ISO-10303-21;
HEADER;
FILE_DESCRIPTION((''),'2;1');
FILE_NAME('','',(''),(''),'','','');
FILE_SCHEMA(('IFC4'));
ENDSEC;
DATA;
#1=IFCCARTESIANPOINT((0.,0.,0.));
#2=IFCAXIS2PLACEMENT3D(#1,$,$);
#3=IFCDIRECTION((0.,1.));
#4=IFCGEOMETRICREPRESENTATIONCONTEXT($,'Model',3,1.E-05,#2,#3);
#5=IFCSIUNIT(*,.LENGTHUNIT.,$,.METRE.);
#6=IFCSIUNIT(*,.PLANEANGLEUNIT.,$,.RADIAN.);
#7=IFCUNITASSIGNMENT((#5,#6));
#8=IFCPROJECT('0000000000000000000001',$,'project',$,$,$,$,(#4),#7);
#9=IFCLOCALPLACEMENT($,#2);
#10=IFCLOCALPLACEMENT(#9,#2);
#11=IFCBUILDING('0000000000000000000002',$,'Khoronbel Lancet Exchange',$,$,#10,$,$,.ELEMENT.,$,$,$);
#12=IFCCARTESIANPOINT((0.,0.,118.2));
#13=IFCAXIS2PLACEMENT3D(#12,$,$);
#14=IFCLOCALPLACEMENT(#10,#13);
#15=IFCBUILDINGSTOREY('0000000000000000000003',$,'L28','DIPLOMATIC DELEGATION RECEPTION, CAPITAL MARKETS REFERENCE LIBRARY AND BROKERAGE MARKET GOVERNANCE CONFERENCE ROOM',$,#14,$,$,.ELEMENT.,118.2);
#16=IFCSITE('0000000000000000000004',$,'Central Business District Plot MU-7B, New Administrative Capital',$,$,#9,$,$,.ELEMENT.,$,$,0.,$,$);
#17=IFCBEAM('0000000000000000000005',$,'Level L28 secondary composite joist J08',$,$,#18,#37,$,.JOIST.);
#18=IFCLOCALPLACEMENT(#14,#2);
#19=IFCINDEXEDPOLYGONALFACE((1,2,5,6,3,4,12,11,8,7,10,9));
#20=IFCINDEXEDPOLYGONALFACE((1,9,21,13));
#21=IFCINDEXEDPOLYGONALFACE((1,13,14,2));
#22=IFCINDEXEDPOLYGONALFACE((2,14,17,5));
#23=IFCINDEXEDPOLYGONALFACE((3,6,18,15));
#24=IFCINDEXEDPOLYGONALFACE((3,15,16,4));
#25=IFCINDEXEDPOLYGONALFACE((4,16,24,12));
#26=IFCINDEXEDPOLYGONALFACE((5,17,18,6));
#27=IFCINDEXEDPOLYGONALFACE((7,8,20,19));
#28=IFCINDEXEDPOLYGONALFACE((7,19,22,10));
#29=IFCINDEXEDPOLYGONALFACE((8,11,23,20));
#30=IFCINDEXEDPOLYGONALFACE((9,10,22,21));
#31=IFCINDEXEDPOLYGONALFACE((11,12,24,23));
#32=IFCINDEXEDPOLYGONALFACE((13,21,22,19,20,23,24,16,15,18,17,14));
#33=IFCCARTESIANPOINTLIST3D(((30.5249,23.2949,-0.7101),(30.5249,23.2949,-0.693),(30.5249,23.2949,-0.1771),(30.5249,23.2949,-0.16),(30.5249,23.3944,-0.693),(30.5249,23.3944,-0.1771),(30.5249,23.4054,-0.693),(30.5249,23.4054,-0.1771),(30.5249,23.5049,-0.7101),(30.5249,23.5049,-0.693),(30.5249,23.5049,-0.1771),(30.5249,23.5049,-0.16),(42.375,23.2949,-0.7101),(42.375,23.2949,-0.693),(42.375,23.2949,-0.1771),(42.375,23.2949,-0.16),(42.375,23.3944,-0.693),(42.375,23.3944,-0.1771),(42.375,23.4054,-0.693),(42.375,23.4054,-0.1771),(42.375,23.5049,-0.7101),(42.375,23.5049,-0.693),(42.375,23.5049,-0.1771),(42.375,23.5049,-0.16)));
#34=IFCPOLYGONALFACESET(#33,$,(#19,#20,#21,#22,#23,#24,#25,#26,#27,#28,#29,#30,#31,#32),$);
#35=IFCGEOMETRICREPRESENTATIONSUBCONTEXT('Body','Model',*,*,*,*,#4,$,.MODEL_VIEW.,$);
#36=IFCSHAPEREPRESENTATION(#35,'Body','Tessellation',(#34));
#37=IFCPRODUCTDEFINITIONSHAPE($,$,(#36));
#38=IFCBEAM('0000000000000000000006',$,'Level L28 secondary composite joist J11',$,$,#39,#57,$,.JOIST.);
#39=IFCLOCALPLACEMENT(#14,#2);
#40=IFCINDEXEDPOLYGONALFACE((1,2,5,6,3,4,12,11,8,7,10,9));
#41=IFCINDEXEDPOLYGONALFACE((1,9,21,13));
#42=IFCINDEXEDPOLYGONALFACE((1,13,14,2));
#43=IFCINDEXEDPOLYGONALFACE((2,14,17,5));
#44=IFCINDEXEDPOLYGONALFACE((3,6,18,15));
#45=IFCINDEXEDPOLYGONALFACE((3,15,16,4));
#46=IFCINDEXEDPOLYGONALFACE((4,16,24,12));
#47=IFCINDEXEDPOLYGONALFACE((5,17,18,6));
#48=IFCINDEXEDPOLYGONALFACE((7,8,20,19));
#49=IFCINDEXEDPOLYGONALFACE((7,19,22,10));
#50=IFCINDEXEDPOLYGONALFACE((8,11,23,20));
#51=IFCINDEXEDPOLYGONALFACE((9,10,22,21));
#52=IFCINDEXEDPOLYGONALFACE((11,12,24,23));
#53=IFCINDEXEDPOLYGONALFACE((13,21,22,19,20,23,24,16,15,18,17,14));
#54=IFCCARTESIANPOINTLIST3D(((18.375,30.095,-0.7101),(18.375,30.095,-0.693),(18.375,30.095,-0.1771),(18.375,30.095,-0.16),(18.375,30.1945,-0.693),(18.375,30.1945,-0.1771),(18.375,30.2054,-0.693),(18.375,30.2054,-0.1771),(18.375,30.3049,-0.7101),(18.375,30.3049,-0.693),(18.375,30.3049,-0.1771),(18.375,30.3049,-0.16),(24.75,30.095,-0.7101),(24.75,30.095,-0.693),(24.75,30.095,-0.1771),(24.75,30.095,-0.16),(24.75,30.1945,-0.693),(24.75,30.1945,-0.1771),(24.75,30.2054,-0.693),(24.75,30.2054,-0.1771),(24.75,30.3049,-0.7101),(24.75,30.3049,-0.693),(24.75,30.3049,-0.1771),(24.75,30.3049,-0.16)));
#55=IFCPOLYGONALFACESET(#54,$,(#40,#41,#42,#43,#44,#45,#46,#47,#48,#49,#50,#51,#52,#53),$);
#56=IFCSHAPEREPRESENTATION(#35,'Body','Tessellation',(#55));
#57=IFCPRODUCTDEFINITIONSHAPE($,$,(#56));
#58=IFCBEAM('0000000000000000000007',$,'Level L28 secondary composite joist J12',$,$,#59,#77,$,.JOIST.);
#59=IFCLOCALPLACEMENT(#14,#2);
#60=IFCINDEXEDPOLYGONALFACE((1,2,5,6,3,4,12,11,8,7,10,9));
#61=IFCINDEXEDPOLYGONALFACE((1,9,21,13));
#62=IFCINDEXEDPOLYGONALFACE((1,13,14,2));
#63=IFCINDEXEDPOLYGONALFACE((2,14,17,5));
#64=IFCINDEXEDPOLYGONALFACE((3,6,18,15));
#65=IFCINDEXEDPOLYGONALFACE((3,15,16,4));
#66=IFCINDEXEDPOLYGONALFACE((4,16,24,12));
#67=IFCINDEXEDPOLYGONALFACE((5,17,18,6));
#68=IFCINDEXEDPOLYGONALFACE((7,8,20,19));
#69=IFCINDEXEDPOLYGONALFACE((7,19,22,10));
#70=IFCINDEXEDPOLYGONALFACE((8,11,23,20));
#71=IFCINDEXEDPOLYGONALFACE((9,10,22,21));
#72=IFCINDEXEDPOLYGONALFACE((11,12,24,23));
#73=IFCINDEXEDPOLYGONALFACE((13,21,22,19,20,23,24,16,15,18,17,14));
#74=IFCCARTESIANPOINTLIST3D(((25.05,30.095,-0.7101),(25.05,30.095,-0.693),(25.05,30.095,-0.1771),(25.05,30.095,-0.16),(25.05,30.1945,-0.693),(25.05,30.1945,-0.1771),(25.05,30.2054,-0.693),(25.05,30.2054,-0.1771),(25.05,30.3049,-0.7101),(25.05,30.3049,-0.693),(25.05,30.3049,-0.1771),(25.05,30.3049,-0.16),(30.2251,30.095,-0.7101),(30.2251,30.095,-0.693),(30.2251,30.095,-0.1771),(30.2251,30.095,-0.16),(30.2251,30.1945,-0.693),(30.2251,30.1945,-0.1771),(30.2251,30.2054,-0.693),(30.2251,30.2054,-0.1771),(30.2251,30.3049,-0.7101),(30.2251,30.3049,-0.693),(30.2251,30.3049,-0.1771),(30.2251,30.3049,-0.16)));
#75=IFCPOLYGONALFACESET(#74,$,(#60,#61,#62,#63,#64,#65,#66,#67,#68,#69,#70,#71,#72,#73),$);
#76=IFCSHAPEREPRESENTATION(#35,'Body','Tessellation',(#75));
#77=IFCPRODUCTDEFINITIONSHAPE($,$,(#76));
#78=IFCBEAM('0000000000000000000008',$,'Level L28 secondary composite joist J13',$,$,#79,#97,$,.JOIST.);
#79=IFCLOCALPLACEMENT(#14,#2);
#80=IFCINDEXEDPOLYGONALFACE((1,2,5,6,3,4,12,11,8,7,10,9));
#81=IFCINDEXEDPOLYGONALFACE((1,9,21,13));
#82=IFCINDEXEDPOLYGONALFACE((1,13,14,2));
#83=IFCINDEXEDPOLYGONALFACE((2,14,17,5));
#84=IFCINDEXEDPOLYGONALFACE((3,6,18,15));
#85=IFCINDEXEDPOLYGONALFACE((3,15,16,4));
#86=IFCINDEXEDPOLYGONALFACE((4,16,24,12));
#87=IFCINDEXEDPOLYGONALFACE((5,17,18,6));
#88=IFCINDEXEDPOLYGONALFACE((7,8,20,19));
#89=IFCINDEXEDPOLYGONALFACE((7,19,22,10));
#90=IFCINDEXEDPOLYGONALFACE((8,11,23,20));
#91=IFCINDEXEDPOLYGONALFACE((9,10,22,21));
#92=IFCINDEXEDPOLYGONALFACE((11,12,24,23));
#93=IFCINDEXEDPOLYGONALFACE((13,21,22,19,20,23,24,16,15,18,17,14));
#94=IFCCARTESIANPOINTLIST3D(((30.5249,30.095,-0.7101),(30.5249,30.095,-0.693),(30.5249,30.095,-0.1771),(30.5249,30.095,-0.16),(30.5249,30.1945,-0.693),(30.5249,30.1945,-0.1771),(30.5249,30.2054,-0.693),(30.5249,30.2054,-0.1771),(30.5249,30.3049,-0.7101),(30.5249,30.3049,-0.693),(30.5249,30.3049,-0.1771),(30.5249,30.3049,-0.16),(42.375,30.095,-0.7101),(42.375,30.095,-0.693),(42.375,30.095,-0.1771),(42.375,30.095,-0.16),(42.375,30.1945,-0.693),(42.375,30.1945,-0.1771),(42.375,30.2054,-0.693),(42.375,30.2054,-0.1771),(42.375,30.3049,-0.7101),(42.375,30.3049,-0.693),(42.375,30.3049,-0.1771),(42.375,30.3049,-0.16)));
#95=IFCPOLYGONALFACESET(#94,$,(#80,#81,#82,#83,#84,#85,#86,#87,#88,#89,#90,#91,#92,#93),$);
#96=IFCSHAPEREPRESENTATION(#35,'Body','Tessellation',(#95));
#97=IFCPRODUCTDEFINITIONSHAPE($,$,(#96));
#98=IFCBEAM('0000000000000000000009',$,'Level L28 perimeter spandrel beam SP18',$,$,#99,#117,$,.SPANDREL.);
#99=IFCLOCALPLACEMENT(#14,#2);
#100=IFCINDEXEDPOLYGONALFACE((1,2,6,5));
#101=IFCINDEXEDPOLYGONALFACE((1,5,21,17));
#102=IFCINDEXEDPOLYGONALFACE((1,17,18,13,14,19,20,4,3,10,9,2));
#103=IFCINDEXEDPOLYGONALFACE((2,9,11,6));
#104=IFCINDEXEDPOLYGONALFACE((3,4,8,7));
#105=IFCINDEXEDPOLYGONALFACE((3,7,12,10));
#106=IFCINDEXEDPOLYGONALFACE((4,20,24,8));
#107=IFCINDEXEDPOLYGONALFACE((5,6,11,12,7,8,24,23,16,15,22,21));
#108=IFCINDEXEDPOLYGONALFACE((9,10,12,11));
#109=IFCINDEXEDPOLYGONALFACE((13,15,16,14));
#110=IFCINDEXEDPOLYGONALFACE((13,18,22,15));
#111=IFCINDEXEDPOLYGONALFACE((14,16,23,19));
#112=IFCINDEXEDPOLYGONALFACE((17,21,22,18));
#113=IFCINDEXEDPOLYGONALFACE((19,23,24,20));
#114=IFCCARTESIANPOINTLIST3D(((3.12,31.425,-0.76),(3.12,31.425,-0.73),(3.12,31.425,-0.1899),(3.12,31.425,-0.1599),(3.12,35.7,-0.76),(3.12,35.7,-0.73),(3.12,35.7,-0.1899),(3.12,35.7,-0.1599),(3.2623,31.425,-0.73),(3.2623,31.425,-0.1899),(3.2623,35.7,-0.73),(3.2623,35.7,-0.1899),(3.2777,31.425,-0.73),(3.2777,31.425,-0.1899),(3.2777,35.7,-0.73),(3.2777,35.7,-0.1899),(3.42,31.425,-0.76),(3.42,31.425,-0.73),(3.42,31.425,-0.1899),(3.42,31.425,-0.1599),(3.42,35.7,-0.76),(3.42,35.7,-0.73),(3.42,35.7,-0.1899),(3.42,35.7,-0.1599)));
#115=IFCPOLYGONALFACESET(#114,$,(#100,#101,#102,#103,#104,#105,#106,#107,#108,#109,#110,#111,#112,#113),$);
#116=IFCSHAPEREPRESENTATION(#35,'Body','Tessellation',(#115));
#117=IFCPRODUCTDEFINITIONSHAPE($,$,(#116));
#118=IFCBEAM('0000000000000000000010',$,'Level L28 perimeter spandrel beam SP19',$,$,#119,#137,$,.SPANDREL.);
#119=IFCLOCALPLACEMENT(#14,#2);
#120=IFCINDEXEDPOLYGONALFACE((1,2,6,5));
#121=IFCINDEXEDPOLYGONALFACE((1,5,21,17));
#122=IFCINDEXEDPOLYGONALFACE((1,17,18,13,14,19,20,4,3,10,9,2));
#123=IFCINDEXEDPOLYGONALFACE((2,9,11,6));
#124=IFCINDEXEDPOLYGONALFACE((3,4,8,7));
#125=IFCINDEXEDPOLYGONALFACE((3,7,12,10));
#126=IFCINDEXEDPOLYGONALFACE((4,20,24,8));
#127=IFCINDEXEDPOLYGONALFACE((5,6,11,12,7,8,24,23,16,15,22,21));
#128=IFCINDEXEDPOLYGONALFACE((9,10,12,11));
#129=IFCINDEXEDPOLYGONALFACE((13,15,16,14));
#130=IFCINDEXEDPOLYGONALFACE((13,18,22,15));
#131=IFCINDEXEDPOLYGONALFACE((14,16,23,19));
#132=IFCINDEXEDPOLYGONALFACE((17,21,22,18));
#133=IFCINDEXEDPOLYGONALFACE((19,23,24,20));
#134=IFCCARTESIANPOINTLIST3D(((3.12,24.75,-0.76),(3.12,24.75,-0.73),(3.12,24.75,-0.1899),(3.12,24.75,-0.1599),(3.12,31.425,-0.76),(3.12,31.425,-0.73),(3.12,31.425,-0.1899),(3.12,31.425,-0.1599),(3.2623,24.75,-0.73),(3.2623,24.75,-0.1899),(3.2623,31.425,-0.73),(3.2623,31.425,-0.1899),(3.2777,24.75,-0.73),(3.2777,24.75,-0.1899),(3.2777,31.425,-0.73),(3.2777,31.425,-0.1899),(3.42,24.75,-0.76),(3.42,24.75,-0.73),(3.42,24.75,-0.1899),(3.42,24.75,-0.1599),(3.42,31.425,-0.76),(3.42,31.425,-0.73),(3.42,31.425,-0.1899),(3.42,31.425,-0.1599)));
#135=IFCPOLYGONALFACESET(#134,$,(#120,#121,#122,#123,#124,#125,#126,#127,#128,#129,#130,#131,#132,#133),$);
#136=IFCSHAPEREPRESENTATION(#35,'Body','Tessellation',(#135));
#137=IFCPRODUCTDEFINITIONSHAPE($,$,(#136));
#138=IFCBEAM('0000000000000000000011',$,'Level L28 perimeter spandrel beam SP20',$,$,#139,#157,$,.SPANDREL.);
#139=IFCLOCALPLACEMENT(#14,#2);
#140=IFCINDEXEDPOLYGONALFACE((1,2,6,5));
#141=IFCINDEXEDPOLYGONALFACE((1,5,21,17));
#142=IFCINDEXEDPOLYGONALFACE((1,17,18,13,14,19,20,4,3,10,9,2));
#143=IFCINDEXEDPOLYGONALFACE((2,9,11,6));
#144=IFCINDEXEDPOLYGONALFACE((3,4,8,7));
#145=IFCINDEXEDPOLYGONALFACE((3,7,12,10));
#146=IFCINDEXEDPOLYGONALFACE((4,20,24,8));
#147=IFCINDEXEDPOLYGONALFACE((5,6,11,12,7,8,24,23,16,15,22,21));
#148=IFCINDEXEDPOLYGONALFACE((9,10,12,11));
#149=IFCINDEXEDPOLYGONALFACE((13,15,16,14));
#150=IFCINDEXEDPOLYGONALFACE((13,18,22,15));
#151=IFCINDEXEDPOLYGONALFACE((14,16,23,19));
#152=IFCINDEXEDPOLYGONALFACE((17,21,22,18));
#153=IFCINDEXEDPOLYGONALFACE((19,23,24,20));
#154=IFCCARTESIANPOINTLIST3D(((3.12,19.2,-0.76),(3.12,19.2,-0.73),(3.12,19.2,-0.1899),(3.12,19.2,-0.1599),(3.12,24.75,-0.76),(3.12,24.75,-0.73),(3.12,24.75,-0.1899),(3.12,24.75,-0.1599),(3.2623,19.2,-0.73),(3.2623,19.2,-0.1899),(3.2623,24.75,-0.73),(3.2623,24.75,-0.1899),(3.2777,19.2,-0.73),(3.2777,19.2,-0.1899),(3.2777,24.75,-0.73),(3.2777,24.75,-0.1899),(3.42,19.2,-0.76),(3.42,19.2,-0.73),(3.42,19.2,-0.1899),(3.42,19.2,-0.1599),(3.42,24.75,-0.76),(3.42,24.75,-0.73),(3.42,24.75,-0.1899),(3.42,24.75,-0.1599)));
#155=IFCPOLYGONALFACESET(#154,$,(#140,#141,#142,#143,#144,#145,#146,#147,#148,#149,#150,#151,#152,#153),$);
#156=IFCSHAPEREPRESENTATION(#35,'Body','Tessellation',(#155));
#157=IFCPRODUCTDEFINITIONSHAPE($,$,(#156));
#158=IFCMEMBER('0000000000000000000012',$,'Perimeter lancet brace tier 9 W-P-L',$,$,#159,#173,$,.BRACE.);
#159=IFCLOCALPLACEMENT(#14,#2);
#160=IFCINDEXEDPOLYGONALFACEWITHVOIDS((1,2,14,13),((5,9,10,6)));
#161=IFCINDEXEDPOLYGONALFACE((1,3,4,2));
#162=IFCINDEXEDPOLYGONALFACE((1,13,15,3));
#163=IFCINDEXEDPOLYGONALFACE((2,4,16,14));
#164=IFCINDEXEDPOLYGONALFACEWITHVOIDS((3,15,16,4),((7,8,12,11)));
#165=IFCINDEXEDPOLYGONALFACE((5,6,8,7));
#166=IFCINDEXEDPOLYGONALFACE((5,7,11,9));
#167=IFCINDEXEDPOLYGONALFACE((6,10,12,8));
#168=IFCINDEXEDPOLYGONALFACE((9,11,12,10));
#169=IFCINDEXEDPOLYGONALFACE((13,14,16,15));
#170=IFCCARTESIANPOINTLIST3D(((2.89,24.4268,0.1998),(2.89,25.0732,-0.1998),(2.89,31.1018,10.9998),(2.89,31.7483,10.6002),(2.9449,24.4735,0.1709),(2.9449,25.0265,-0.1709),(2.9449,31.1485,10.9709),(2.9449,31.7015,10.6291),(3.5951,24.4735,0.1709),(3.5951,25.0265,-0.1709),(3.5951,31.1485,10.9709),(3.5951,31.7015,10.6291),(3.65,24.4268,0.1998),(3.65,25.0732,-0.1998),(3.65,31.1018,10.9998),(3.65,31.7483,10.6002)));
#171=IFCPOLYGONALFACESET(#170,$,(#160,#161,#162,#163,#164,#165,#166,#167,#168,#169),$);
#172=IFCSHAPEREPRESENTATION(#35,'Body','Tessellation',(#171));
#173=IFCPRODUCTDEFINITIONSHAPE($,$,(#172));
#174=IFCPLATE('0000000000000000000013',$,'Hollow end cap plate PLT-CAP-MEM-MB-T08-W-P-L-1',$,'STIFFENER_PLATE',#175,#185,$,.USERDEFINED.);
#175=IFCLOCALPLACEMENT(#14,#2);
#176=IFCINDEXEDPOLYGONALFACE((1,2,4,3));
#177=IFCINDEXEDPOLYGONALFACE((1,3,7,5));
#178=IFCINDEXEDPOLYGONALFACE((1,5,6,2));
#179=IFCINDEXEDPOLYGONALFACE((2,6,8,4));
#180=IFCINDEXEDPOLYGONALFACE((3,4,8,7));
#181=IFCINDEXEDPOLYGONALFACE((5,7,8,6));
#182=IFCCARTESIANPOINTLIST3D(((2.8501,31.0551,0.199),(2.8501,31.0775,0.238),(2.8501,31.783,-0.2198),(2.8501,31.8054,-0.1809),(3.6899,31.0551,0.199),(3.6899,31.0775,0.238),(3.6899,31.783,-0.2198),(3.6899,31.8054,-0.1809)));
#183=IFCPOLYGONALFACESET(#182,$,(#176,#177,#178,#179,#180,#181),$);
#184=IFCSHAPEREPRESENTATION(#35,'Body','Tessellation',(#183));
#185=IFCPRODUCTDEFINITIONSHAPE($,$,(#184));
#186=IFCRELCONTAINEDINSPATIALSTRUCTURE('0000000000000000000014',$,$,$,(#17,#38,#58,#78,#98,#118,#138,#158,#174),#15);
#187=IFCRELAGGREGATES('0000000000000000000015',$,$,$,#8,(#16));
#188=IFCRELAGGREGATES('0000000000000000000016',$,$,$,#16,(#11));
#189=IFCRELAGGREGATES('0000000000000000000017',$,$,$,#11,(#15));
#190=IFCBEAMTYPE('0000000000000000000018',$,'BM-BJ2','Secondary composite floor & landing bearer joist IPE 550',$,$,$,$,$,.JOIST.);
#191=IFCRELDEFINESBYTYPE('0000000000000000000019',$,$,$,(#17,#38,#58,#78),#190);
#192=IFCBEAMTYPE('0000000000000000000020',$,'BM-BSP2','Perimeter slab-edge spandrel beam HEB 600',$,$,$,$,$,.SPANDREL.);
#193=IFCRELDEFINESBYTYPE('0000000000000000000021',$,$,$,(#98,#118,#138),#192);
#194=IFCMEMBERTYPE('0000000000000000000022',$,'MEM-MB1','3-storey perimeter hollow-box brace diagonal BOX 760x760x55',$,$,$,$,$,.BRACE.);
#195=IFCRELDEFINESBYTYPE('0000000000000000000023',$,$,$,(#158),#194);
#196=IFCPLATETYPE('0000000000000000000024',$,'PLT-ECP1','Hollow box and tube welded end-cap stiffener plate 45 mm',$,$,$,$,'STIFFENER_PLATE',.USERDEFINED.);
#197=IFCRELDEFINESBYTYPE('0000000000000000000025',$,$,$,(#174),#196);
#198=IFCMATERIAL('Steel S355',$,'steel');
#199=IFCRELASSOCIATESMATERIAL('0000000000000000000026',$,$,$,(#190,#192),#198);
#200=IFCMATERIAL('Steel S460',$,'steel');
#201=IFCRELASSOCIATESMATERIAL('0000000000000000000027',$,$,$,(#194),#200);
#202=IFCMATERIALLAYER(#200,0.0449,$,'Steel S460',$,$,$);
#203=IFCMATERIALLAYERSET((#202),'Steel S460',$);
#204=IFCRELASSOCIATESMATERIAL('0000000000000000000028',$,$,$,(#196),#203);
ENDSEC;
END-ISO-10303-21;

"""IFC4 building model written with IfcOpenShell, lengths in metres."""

from ifc_helpers import new_model, si_unit, direction, frame, origin, origin_2d, place, context, subcontext, project, spatial, polyline, hollow_rectangle, i_section, outline, extrude, material, layer, layer_set, material_profile, profile_set, type_object, element, save


model = new_model("IFC4")

# Units and contexts
model_context = context("Model", 3, precision=1e-05, world=origin(), true_north=direction((0.0, 1.0)))
body_context = subcontext(model_context, "Body", "Model", "MODEL_VIEW")
ifc_project = project(units=[si_unit("LENGTHUNIT", "METRE"), si_unit("PLANEANGLEUNIT", "RADIAN")], contexts=[model_context])

# Site, building, storey
site_placement = place(None, origin())
site = spatial("IfcSite", under=ifc_project, at=site_placement, Name="Central Business District Plot MU-7B, New Administrative Capital", CompositionType="ELEMENT", RefElevation=0.0)
building_placement = place(site_placement, origin())
building = spatial("IfcBuilding", under=site, at=building_placement, Name="Khoronbel Lancet Exchange", CompositionType="ELEMENT")
storey_placement = place(building_placement, frame((0.0, 0.0, 118.2)))
storey = spatial("IfcBuildingStorey", under=building, at=storey_placement, Name="L28", Description="DIPLOMATIC DELEGATION RECEPTION, CAPITAL MARKETS REFERENCE LIBRARY AND BROKERAGE MARKET GOVERNANCE CONFERENCE ROOM", CompositionType="ELEMENT", Elevation=118.2)

# Shared definitions
ifc_material_1 = material(Name="Steel S355", Category="steel")

# Beams
ifc_material_profile_1 = material_profile(ifc_material_1, i_section(OverallWidth=0.21, OverallDepth=0.55, WebThickness=0.011, FlangeThickness=0.0171, at=origin_2d()), Name="IPE 550")
ifc_profile_set_1 = profile_set([ifc_material_profile_1], Name="Steel S355")
beam_type_1 = type_object("IfcBeamType", Name="BM-BJ2", Description="Secondary composite floor & landing bearer joist IPE 550", PredefinedType="JOIST", material=ifc_profile_set_1)
beam_1_placement = place(storey_placement, frame((30.5249, 23.3999, -0.4351), z_axis=(1.0, 0.0, 0.0), x_axis=(0.0, 1.0, 0.0)))
element("IfcBeam", 1, at=beam_1_placement, inside=storey, type_object=beam_type_1, Name="Level L28 secondary composite joist J08", PredefinedType="JOIST", context=body_context, shape_type="SweptSolid", body=[
    extrude(i_section(OverallWidth=0.21, OverallDepth=0.55, WebThickness=0.011, FlangeThickness=0.0171, at=origin_2d()), origin(), (0.0, 0.0, 1.0), 11.8501),
])
beam_2_placement = place(storey_placement, frame((18.375, 30.2, -0.4351), z_axis=(1.0, 0.0, 0.0), x_axis=(0.0, 1.0, 0.0)))
element("IfcBeam", 2, at=beam_2_placement, inside=storey, type_object=beam_type_1, Name="Level L28 secondary composite joist J11", PredefinedType="JOIST", context=body_context, shape_type="SweptSolid", body=[
    extrude(i_section(OverallWidth=0.21, OverallDepth=0.55, WebThickness=0.011, FlangeThickness=0.0171, at=origin_2d()), origin(), (0.0, 0.0, 1.0), 6.375),
])
beam_3_placement = place(storey_placement, frame((25.05, 30.2, -0.4351), z_axis=(1.0, 0.0, 0.0), x_axis=(0.0, 1.0, 0.0)))
element("IfcBeam", 3, at=beam_3_placement, inside=storey, type_object=beam_type_1, Name="Level L28 secondary composite joist J12", PredefinedType="JOIST", context=body_context, shape_type="SweptSolid", body=[
    extrude(i_section(OverallWidth=0.21, OverallDepth=0.55, WebThickness=0.011, FlangeThickness=0.0171, at=origin_2d()), origin(), (0.0, 0.0, 1.0), 5.175),
])
beam_4_placement = place(storey_placement, frame((30.5249, 30.2, -0.4351), z_axis=(1.0, 0.0, 0.0), x_axis=(0.0, 1.0, 0.0)))
element("IfcBeam", 4, at=beam_4_placement, inside=storey, type_object=beam_type_1, Name="Level L28 secondary composite joist J13", PredefinedType="JOIST", context=body_context, shape_type="SweptSolid", body=[
    extrude(i_section(OverallWidth=0.21, OverallDepth=0.55, WebThickness=0.011, FlangeThickness=0.0171, at=origin_2d()), origin(), (0.0, 0.0, 1.0), 11.8501),
])
ifc_material_profile_2 = material_profile(ifc_material_1, i_section(OverallWidth=0.3, OverallDepth=0.6001, WebThickness=0.0154, FlangeThickness=0.03, at=origin_2d()), Name="HEB 600")
ifc_profile_set_2 = profile_set([ifc_material_profile_2], Name="Steel S355")
beam_type_2 = type_object("IfcBeamType", Name="BM-BSP2", Description="Perimeter slab-edge spandrel beam HEB 600", PredefinedType="SPANDREL", material=ifc_profile_set_2)
beam_5_placement = place(storey_placement, frame((3.27, 35.7, -0.46), z_axis=(0.0, -1.0, 0.0), x_axis=(1.0, 0.0, 0.0)))
element("IfcBeam", 5, at=beam_5_placement, inside=storey, type_object=beam_type_2, Name="Level L28 perimeter spandrel beam SP18", PredefinedType="SPANDREL", context=body_context, shape_type="SweptSolid", body=[
    extrude(i_section(OverallWidth=0.3, OverallDepth=0.6001, WebThickness=0.0154, FlangeThickness=0.03, at=origin_2d()), origin(), (0.0, 0.0, 1.0), 4.2749),
])
beam_6_placement = place(storey_placement, frame((3.27, 31.425, -0.46), z_axis=(0.0, -1.0, 0.0), x_axis=(1.0, 0.0, 0.0)))
element("IfcBeam", 6, at=beam_6_placement, inside=storey, type_object=beam_type_2, Name="Level L28 perimeter spandrel beam SP19", PredefinedType="SPANDREL", context=body_context, shape_type="SweptSolid", body=[
    extrude(i_section(OverallWidth=0.3, OverallDepth=0.6001, WebThickness=0.0154, FlangeThickness=0.03, at=origin_2d()), origin(), (0.0, 0.0, 1.0), 6.675),
])
beam_7_placement = place(storey_placement, frame((3.27, 24.75, -0.46), z_axis=(0.0, -1.0, 0.0), x_axis=(1.0, 0.0, 0.0)))
element("IfcBeam", 7, at=beam_7_placement, inside=storey, type_object=beam_type_2, Name="Level L28 perimeter spandrel beam SP20", PredefinedType="SPANDREL", context=body_context, shape_type="SweptSolid", body=[
    extrude(i_section(OverallWidth=0.3, OverallDepth=0.6001, WebThickness=0.0154, FlangeThickness=0.03, at=origin_2d()), origin(), (0.0, 0.0, 1.0), 5.55),
])

# Member
ifc_material_2 = material(Name="Steel S460", Category="steel")
ifc_material_profile_3 = material_profile(ifc_material_2, hollow_rectangle(XDim=0.76, YDim=0.76, WallThickness=0.0549, at=origin_2d()), Name="BOX 760x760x55")
ifc_profile_set_3 = profile_set([ifc_material_profile_3], Name="Steel S460")
member_type = type_object("IfcMemberType", Name="MEM-MB1", Description="3-storey perimeter hollow-box brace diagonal BOX 760x760x55", PredefinedType="BRACE", material=ifc_profile_set_3)
member_placement = place(storey_placement, frame((3.27, 24.75, 0.0), z_axis=(0.0, 0.525745, 0.850642), x_axis=(-1.0, 0.0, 0.0)))
element("IfcMember", 8, at=member_placement, inside=storey, type_object=member_type, Name="Perimeter lancet brace tier 9 W-P-L", PredefinedType="BRACE", context=body_context, shape_type="SweptSolid", body=[
    extrude(hollow_rectangle(XDim=0.76, YDim=0.76, WallThickness=0.0549, at=origin_2d()), origin(), (0.0, 0.0, 1.0), 12.6963),
])

# Plate
ifc_layer_1 = layer(ifc_material_2, 0.0449, Name="Steel S460")
ifc_layer_set_1 = layer_set([ifc_layer_1], Name="Steel S460")
plate_type = type_object("IfcPlateType", Name="PLT-ECP1", Description="Hollow box and tube welded end-cap stiffener plate 45 mm", ElementType="STIFFENER_PLATE", PredefinedType="USERDEFINED", material=ifc_layer_set_1)
for number, where, z_axis, x_axis, name in (
    (9, (3.6899, 31.8054, -0.1809), (0.0, 0.498766, 0.866737), (-1.0, 0.0, 0.0), "Hollow end cap plate PLT-CAP-MEM-MB-T08-W-P-L-1"),
):
    element("IfcPlate", number, at=place(storey_placement, frame(where, z_axis=z_axis, x_axis=x_axis)), inside=storey, type_object=plate_type, Name=name, ObjectType="STIFFENER_PLATE", PredefinedType="USERDEFINED", context=body_context, shape_type="SweptSolid", body=[
        extrude(outline(polyline([(0.0, 0.0), (0.8398, 0.0), (0.8398, 0.8398), (0.0, 0.8398), (0.0, 0.0)])), origin(), (0.0, 0.0, -1.0), 0.0449),
    ])

save(model, "model.ifc")
